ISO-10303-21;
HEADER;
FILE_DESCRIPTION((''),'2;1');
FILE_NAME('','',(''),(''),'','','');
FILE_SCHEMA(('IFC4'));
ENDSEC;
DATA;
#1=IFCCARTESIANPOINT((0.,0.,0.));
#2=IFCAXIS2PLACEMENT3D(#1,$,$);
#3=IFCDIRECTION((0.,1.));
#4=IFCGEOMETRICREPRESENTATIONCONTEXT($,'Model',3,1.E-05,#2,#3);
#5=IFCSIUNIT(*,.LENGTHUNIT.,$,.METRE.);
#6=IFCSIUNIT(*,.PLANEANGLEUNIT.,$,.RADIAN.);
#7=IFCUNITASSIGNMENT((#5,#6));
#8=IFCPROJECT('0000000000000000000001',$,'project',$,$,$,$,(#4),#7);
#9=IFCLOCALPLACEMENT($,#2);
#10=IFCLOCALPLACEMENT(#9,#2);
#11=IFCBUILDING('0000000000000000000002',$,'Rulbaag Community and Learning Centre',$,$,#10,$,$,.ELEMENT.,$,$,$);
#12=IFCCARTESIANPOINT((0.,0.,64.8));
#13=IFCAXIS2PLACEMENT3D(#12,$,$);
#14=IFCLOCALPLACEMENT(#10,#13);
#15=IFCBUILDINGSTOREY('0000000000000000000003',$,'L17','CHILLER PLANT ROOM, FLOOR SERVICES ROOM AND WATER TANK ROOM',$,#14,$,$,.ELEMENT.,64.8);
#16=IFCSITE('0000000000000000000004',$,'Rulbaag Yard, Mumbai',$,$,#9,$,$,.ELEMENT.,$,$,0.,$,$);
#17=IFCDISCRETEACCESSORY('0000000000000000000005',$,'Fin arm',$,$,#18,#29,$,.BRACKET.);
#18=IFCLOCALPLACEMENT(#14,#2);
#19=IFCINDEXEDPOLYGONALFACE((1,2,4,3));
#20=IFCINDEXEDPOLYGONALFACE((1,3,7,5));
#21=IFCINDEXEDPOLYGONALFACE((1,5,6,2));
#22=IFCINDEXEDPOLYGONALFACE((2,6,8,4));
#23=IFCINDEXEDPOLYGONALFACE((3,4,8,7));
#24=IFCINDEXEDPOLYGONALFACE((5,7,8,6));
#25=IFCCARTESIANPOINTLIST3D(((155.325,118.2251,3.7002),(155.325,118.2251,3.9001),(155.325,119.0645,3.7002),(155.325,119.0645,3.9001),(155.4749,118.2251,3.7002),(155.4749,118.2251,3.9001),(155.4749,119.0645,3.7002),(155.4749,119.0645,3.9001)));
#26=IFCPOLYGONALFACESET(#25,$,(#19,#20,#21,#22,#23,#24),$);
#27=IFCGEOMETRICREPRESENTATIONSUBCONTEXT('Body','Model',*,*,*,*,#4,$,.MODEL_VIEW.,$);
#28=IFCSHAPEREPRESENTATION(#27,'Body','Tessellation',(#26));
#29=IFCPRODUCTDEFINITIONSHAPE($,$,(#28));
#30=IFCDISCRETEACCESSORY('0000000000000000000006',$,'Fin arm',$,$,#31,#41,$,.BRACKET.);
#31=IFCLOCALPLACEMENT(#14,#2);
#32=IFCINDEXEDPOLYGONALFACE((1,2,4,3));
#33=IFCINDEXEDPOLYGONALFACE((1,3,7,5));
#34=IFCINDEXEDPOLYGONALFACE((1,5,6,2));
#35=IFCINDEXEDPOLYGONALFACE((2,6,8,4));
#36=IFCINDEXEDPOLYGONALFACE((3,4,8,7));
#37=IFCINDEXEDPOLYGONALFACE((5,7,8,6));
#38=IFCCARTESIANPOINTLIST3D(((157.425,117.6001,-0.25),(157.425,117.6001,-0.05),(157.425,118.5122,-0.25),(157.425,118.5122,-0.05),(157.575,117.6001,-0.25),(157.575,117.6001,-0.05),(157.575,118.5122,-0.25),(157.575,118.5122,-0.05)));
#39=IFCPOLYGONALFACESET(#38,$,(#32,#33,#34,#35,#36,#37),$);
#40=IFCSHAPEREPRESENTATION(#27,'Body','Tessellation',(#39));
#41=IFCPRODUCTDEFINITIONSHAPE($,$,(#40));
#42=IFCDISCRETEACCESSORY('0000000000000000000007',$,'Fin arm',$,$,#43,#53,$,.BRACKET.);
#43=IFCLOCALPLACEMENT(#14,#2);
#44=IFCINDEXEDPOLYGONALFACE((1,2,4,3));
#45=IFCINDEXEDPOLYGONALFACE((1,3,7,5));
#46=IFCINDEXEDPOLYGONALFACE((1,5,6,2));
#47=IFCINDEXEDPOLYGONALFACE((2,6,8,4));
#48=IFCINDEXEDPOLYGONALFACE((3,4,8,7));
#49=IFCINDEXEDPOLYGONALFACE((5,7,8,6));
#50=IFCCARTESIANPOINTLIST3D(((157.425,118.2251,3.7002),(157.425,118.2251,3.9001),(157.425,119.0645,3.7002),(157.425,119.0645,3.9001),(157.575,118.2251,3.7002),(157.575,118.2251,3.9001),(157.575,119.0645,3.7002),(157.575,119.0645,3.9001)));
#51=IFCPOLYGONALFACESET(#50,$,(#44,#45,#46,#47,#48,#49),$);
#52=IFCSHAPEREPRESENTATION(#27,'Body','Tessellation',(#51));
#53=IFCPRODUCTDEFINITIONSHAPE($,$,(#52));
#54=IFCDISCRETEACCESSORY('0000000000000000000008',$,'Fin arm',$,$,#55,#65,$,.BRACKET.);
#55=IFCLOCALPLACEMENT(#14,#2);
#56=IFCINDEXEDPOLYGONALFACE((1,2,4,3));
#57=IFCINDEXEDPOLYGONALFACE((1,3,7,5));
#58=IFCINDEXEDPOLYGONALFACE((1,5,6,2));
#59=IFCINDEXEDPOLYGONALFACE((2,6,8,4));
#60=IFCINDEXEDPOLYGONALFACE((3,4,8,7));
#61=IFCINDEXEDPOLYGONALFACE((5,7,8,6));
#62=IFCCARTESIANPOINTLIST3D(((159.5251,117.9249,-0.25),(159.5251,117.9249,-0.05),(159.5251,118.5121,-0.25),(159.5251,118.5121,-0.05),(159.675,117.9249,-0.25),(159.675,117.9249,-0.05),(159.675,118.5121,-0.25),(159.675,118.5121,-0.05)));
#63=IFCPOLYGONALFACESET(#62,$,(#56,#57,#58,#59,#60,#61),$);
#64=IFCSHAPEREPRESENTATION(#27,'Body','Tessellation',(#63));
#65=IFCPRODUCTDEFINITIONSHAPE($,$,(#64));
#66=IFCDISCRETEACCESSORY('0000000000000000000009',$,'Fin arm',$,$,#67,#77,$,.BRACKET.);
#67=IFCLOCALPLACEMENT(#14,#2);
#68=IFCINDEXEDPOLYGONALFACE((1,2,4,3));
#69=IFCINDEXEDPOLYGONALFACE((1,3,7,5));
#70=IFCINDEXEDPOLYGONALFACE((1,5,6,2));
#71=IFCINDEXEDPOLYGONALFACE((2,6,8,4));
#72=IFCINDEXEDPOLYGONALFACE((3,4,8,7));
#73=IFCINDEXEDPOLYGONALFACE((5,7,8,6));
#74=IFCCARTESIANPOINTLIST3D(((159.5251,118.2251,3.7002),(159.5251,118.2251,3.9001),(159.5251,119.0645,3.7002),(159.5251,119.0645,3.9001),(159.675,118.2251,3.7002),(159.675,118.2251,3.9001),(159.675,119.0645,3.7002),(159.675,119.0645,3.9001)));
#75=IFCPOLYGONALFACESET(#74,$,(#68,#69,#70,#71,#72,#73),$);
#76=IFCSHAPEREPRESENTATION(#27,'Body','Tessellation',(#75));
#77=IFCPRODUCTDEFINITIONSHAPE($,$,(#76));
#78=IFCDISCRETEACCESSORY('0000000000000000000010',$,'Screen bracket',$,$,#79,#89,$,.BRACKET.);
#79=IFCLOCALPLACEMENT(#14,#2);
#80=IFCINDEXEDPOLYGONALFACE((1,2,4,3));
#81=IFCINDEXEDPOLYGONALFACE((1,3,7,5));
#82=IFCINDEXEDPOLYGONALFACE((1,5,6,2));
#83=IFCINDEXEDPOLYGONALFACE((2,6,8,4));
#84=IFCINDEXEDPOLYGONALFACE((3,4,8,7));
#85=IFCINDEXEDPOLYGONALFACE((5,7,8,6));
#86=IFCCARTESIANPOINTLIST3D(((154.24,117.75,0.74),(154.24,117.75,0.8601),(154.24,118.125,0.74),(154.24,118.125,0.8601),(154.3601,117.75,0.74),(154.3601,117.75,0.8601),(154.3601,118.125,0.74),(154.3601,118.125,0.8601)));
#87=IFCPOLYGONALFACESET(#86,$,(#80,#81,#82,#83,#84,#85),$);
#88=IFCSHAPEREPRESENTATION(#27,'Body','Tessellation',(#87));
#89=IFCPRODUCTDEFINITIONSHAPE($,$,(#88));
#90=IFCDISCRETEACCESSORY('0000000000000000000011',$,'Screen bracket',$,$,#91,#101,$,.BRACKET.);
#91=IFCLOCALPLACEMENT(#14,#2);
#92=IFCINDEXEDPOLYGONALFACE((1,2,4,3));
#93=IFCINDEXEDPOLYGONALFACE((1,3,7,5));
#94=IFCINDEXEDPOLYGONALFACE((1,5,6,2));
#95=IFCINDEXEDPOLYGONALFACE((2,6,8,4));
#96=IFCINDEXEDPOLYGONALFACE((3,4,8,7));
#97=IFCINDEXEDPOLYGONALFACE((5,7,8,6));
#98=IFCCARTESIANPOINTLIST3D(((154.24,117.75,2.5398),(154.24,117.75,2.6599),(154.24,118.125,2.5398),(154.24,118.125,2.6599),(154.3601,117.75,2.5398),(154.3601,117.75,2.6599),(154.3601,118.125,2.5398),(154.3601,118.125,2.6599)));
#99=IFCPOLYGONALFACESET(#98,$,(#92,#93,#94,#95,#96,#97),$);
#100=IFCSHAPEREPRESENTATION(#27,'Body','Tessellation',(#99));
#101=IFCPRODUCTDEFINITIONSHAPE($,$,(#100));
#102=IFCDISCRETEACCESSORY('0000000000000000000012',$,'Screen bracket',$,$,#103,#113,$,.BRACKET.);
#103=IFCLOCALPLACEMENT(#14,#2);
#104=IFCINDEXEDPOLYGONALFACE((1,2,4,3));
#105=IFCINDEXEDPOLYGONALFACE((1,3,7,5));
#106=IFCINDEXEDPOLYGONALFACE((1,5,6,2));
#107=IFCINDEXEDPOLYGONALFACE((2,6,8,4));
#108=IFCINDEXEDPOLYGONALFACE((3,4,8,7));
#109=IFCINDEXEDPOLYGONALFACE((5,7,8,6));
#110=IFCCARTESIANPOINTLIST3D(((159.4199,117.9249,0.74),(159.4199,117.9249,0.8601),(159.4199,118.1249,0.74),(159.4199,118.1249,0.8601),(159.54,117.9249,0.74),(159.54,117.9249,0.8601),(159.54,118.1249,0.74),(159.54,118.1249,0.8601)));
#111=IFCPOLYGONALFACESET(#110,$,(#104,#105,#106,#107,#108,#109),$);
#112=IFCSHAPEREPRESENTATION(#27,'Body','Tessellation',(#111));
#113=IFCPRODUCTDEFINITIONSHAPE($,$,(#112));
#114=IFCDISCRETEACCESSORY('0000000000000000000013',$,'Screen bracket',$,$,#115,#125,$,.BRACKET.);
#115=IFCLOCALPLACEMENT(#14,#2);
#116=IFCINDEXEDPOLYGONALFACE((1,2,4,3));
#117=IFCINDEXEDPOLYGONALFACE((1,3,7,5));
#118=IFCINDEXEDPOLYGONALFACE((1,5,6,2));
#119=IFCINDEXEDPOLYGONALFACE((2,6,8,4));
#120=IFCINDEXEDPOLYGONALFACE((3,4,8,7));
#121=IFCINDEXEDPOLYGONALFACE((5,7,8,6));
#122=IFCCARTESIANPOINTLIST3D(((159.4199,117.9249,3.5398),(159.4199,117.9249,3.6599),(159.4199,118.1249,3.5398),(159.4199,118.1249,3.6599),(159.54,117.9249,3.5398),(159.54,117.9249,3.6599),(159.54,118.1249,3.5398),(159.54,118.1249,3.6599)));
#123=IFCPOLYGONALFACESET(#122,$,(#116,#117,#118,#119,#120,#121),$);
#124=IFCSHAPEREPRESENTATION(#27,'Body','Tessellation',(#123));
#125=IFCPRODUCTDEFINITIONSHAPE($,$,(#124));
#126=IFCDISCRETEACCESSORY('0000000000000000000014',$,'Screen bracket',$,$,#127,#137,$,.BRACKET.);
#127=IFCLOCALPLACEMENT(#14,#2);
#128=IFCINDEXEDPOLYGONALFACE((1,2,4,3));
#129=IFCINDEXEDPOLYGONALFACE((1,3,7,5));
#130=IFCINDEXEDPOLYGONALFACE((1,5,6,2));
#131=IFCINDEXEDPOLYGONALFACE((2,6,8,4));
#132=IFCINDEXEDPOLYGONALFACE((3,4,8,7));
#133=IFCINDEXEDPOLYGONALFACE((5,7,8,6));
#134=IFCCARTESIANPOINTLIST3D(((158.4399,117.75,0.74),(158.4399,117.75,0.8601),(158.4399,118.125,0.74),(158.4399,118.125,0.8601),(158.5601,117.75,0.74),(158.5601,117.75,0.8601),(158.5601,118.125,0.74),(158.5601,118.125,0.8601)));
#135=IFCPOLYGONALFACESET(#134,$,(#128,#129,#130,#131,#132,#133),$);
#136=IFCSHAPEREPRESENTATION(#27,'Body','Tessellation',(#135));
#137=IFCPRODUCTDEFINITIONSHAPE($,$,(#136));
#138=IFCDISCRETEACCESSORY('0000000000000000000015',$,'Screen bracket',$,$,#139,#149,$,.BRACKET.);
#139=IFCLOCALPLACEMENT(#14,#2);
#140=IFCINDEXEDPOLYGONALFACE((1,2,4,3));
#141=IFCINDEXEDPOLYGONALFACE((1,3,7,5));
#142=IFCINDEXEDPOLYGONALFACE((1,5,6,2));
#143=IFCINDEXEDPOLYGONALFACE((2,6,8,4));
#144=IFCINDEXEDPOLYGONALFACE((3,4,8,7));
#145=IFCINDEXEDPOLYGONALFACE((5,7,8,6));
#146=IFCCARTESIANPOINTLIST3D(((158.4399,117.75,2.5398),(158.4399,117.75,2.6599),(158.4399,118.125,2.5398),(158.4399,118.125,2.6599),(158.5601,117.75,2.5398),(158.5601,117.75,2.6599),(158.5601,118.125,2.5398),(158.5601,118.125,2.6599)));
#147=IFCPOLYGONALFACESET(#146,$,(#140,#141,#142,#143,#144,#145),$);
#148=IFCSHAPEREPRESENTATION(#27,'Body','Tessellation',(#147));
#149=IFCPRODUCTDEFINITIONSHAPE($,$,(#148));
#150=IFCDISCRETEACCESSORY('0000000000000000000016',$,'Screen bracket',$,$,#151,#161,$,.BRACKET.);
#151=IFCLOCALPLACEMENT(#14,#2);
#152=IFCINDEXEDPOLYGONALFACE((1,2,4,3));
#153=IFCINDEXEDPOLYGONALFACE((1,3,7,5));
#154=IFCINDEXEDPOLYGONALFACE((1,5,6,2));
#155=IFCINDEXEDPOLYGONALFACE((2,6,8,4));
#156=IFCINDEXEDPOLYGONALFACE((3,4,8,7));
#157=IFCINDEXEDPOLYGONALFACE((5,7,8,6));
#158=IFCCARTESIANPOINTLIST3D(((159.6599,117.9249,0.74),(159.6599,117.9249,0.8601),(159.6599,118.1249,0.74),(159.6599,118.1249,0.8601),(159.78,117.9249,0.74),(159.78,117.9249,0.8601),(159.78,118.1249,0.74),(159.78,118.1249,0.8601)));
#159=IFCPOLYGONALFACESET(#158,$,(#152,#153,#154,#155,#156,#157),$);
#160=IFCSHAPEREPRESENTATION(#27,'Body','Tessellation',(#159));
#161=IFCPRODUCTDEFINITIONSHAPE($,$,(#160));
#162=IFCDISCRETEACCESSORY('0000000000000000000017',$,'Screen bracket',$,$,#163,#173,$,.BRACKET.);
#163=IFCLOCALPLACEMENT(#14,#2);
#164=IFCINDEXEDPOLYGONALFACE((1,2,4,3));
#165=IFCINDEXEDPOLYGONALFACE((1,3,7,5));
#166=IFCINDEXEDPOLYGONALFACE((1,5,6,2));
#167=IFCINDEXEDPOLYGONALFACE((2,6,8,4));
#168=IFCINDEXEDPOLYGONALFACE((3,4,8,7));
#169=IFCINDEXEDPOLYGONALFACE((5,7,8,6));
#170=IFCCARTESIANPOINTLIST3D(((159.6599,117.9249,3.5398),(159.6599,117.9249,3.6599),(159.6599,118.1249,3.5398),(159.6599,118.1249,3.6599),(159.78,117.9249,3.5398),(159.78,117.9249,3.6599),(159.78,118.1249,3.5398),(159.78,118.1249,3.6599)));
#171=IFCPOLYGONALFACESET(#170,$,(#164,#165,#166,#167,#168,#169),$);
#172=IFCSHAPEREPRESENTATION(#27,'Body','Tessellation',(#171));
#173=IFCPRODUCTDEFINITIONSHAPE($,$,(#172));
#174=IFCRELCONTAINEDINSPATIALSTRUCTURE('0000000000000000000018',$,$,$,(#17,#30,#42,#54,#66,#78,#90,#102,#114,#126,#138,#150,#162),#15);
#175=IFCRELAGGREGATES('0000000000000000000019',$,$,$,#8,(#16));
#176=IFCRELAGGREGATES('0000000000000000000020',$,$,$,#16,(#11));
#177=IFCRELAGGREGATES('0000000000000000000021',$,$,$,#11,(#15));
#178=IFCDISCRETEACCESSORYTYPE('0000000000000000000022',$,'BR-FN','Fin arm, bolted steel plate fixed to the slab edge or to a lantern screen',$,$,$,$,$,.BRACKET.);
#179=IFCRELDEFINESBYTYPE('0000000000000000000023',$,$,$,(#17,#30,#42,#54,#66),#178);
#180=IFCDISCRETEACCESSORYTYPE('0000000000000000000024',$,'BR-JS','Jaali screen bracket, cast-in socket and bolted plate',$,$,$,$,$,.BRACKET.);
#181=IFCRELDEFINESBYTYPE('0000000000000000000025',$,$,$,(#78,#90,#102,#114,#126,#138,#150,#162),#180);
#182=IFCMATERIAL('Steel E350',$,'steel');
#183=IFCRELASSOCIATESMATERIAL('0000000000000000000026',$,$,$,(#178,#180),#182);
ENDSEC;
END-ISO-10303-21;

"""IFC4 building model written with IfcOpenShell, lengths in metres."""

from ifc_helpers import new_model, si_unit, direction, frame, origin, origin_2d, place, context, subcontext, project, spatial, rectangle, extrude, material, type_object, element, save


model = new_model("IFC4")

# Units and contexts
model_context = context("Model", 3, precision=1e-05, world=origin(), true_north=direction((0.0, 1.0)))
body_context = subcontext(model_context, "Body", "Model", "MODEL_VIEW")
ifc_project = project(units=[si_unit("LENGTHUNIT", "METRE"), si_unit("PLANEANGLEUNIT", "RADIAN")], contexts=[model_context])

# Site, building, storey
site_placement = place(None, origin())
site = spatial("IfcSite", under=ifc_project, at=site_placement, Name="Rulbaag Yard, Mumbai", CompositionType="ELEMENT", RefElevation=0.0)
building_placement = place(site_placement, origin())
building = spatial("IfcBuilding", under=site, at=building_placement, Name="Rulbaag Community and Learning Centre", CompositionType="ELEMENT")
storey_placement = place(building_placement, frame((0.0, 0.0, 64.8)))
storey = spatial("IfcBuildingStorey", under=building, at=storey_placement, Name="L17", Description="CHILLER PLANT ROOM, FLOOR SERVICES ROOM AND WATER TANK ROOM", CompositionType="ELEMENT", Elevation=64.8)

# Discrete accessories
ifc_material_1 = material(Name="Steel E350", Category="steel")
discrete_accessory_type_1 = type_object("IfcDiscreteAccessoryType", Name="BR-FN", Description="Fin arm, bolted steel plate fixed to the slab edge or to a lantern screen", PredefinedType="BRACKET", material=ifc_material_1)
discrete_accessory_1_placement = place(storey_placement, frame((155.3999, 118.6448, 3.7002), z_axis=(0.0, 0.0, 1.0), x_axis=(1.0, 0.0, 0.0)))
element("IfcDiscreteAccessory", 1, at=discrete_accessory_1_placement, inside=storey, type_object=discrete_accessory_type_1, Name="Fin arm", PredefinedType="BRACKET", context=body_context, shape_type="SweptSolid", body=[
    extrude(rectangle(XDim=0.1499, YDim=0.8394, at=origin_2d()), origin(), (0.0, 0.0, 1.0), 0.2),
])
discrete_accessory_2_placement = place(storey_placement, frame((157.5, 118.0562, -0.25), z_axis=(0.0, 0.0, 1.0), x_axis=(1.0, 0.0, 0.0)))
element("IfcDiscreteAccessory", 2, at=discrete_accessory_2_placement, inside=storey, type_object=discrete_accessory_type_1, Name="Fin arm", PredefinedType="BRACKET", context=body_context, shape_type="SweptSolid", body=[
    extrude(rectangle(XDim=0.1499, YDim=0.9121, at=origin_2d()), origin(), (0.0, 0.0, 1.0), 0.2),
])
discrete_accessory_3_placement = place(storey_placement, frame((157.5, 118.6448, 3.7002), z_axis=(0.0, 0.0, 1.0), x_axis=(1.0, 0.0, 0.0)))
element("IfcDiscreteAccessory", 3, at=discrete_accessory_3_placement, inside=storey, type_object=discrete_accessory_type_1, Name="Fin arm", PredefinedType="BRACKET", context=body_context, shape_type="SweptSolid", body=[
    extrude(rectangle(XDim=0.1499, YDim=0.8394, at=origin_2d()), origin(), (0.0, 0.0, 1.0), 0.2),
])
discrete_accessory_4_placement = place(storey_placement, frame((159.6001, 118.2185, -0.25), z_axis=(0.0, 0.0, 1.0), x_axis=(1.0, 0.0, 0.0)))
element("IfcDiscreteAccessory", 4, at=discrete_accessory_4_placement, inside=storey, type_object=discrete_accessory_type_1, Name="Fin arm", PredefinedType="BRACKET", context=body_context, shape_type="SweptSolid", body=[
    extrude(rectangle(XDim=0.1499, YDim=0.5872, at=origin_2d()), origin(), (0.0, 0.0, 1.0), 0.2),
])
discrete_accessory_5_placement = place(storey_placement, frame((159.6001, 118.6448, 3.7002), z_axis=(0.0, 0.0, 1.0), x_axis=(1.0, 0.0, 0.0)))
element("IfcDiscreteAccessory", 5, at=discrete_accessory_5_placement, inside=storey, type_object=discrete_accessory_type_1, Name="Fin arm", PredefinedType="BRACKET", context=body_context, shape_type="SweptSolid", body=[
    extrude(rectangle(XDim=0.1499, YDim=0.8394, at=origin_2d()), origin(), (0.0, 0.0, 1.0), 0.2),
])
discrete_accessory_type_2 = type_object("IfcDiscreteAccessoryType", Name="BR-JS", Description="Jaali screen bracket, cast-in socket and bolted plate", PredefinedType="BRACKET", material=ifc_material_1)
for number, where, z_axis, x_axis, name in (
    (6, (154.3, 117.9375, 0.74), (0.0, 0.0, 1.0), (1.0, 0.0, 0.0), "Screen bracket"),
    (7, (154.3, 117.9375, 2.5398), (0.0, 0.0, 1.0), (1.0, 0.0, 0.0), "Screen bracket"),
):
    element("IfcDiscreteAccessory", number, at=place(storey_placement, frame(where, z_axis=z_axis, x_axis=x_axis)), inside=storey, type_object=discrete_accessory_type_2, Name=name, PredefinedType="BRACKET", context=body_context, shape_type="SweptSolid", body=[
        extrude(rectangle(XDim=0.1201, YDim=0.375, at=origin_2d()), origin(), (0.0, 0.0, 1.0), 0.1201),
    ])
for number, where, z_axis, x_axis, name in (
    (8, (159.48, 118.0249, 0.74), (0.0, 0.0, 1.0), (1.0, 0.0, 0.0), "Screen bracket"),
    (9, (159.48, 118.0249, 3.5398), (0.0, 0.0, 1.0), (1.0, 0.0, 0.0), "Screen bracket"),
):
    element("IfcDiscreteAccessory", number, at=place(storey_placement, frame(where, z_axis=z_axis, x_axis=x_axis)), inside=storey, type_object=discrete_accessory_type_2, Name=name, PredefinedType="BRACKET", context=body_context, shape_type="SweptSolid", body=[
        extrude(rectangle(XDim=0.1201, YDim=0.2, at=origin_2d()), origin(), (0.0, 0.0, 1.0), 0.1201),
    ])
for number, where, z_axis, x_axis, name in (
    (10, (158.5, 117.9375, 0.74), (0.0, 0.0, 1.0), (1.0, 0.0, 0.0), "Screen bracket"),
    (11, (158.5, 117.9375, 2.5398), (0.0, 0.0, 1.0), (1.0, 0.0, 0.0), "Screen bracket"),
):
    element("IfcDiscreteAccessory", number, at=place(storey_placement, frame(where, z_axis=z_axis, x_axis=x_axis)), inside=storey, type_object=discrete_accessory_type_2, Name=name, PredefinedType="BRACKET", context=body_context, shape_type="SweptSolid", body=[
        extrude(rectangle(XDim=0.1201, YDim=0.375, at=origin_2d()), origin(), (0.0, 0.0, 1.0), 0.1201),
    ])
for number, where, z_axis, x_axis, name in (
    (12, (159.72, 118.0249, 0.74), (0.0, 0.0, 1.0), (1.0, 0.0, 0.0), "Screen bracket"),
    (13, (159.72, 118.0249, 3.5398), (0.0, 0.0, 1.0), (1.0, 0.0, 0.0), "Screen bracket"),
):
    element("IfcDiscreteAccessory", number, at=place(storey_placement, frame(where, z_axis=z_axis, x_axis=x_axis)), inside=storey, type_object=discrete_accessory_type_2, Name=name, PredefinedType="BRACKET", context=body_context, shape_type="SweptSolid", body=[
        extrude(rectangle(XDim=0.1201, YDim=0.2, at=origin_2d()), origin(), (0.0, 0.0, 1.0), 0.1201),
    ])

save(model, "model.ifc")
